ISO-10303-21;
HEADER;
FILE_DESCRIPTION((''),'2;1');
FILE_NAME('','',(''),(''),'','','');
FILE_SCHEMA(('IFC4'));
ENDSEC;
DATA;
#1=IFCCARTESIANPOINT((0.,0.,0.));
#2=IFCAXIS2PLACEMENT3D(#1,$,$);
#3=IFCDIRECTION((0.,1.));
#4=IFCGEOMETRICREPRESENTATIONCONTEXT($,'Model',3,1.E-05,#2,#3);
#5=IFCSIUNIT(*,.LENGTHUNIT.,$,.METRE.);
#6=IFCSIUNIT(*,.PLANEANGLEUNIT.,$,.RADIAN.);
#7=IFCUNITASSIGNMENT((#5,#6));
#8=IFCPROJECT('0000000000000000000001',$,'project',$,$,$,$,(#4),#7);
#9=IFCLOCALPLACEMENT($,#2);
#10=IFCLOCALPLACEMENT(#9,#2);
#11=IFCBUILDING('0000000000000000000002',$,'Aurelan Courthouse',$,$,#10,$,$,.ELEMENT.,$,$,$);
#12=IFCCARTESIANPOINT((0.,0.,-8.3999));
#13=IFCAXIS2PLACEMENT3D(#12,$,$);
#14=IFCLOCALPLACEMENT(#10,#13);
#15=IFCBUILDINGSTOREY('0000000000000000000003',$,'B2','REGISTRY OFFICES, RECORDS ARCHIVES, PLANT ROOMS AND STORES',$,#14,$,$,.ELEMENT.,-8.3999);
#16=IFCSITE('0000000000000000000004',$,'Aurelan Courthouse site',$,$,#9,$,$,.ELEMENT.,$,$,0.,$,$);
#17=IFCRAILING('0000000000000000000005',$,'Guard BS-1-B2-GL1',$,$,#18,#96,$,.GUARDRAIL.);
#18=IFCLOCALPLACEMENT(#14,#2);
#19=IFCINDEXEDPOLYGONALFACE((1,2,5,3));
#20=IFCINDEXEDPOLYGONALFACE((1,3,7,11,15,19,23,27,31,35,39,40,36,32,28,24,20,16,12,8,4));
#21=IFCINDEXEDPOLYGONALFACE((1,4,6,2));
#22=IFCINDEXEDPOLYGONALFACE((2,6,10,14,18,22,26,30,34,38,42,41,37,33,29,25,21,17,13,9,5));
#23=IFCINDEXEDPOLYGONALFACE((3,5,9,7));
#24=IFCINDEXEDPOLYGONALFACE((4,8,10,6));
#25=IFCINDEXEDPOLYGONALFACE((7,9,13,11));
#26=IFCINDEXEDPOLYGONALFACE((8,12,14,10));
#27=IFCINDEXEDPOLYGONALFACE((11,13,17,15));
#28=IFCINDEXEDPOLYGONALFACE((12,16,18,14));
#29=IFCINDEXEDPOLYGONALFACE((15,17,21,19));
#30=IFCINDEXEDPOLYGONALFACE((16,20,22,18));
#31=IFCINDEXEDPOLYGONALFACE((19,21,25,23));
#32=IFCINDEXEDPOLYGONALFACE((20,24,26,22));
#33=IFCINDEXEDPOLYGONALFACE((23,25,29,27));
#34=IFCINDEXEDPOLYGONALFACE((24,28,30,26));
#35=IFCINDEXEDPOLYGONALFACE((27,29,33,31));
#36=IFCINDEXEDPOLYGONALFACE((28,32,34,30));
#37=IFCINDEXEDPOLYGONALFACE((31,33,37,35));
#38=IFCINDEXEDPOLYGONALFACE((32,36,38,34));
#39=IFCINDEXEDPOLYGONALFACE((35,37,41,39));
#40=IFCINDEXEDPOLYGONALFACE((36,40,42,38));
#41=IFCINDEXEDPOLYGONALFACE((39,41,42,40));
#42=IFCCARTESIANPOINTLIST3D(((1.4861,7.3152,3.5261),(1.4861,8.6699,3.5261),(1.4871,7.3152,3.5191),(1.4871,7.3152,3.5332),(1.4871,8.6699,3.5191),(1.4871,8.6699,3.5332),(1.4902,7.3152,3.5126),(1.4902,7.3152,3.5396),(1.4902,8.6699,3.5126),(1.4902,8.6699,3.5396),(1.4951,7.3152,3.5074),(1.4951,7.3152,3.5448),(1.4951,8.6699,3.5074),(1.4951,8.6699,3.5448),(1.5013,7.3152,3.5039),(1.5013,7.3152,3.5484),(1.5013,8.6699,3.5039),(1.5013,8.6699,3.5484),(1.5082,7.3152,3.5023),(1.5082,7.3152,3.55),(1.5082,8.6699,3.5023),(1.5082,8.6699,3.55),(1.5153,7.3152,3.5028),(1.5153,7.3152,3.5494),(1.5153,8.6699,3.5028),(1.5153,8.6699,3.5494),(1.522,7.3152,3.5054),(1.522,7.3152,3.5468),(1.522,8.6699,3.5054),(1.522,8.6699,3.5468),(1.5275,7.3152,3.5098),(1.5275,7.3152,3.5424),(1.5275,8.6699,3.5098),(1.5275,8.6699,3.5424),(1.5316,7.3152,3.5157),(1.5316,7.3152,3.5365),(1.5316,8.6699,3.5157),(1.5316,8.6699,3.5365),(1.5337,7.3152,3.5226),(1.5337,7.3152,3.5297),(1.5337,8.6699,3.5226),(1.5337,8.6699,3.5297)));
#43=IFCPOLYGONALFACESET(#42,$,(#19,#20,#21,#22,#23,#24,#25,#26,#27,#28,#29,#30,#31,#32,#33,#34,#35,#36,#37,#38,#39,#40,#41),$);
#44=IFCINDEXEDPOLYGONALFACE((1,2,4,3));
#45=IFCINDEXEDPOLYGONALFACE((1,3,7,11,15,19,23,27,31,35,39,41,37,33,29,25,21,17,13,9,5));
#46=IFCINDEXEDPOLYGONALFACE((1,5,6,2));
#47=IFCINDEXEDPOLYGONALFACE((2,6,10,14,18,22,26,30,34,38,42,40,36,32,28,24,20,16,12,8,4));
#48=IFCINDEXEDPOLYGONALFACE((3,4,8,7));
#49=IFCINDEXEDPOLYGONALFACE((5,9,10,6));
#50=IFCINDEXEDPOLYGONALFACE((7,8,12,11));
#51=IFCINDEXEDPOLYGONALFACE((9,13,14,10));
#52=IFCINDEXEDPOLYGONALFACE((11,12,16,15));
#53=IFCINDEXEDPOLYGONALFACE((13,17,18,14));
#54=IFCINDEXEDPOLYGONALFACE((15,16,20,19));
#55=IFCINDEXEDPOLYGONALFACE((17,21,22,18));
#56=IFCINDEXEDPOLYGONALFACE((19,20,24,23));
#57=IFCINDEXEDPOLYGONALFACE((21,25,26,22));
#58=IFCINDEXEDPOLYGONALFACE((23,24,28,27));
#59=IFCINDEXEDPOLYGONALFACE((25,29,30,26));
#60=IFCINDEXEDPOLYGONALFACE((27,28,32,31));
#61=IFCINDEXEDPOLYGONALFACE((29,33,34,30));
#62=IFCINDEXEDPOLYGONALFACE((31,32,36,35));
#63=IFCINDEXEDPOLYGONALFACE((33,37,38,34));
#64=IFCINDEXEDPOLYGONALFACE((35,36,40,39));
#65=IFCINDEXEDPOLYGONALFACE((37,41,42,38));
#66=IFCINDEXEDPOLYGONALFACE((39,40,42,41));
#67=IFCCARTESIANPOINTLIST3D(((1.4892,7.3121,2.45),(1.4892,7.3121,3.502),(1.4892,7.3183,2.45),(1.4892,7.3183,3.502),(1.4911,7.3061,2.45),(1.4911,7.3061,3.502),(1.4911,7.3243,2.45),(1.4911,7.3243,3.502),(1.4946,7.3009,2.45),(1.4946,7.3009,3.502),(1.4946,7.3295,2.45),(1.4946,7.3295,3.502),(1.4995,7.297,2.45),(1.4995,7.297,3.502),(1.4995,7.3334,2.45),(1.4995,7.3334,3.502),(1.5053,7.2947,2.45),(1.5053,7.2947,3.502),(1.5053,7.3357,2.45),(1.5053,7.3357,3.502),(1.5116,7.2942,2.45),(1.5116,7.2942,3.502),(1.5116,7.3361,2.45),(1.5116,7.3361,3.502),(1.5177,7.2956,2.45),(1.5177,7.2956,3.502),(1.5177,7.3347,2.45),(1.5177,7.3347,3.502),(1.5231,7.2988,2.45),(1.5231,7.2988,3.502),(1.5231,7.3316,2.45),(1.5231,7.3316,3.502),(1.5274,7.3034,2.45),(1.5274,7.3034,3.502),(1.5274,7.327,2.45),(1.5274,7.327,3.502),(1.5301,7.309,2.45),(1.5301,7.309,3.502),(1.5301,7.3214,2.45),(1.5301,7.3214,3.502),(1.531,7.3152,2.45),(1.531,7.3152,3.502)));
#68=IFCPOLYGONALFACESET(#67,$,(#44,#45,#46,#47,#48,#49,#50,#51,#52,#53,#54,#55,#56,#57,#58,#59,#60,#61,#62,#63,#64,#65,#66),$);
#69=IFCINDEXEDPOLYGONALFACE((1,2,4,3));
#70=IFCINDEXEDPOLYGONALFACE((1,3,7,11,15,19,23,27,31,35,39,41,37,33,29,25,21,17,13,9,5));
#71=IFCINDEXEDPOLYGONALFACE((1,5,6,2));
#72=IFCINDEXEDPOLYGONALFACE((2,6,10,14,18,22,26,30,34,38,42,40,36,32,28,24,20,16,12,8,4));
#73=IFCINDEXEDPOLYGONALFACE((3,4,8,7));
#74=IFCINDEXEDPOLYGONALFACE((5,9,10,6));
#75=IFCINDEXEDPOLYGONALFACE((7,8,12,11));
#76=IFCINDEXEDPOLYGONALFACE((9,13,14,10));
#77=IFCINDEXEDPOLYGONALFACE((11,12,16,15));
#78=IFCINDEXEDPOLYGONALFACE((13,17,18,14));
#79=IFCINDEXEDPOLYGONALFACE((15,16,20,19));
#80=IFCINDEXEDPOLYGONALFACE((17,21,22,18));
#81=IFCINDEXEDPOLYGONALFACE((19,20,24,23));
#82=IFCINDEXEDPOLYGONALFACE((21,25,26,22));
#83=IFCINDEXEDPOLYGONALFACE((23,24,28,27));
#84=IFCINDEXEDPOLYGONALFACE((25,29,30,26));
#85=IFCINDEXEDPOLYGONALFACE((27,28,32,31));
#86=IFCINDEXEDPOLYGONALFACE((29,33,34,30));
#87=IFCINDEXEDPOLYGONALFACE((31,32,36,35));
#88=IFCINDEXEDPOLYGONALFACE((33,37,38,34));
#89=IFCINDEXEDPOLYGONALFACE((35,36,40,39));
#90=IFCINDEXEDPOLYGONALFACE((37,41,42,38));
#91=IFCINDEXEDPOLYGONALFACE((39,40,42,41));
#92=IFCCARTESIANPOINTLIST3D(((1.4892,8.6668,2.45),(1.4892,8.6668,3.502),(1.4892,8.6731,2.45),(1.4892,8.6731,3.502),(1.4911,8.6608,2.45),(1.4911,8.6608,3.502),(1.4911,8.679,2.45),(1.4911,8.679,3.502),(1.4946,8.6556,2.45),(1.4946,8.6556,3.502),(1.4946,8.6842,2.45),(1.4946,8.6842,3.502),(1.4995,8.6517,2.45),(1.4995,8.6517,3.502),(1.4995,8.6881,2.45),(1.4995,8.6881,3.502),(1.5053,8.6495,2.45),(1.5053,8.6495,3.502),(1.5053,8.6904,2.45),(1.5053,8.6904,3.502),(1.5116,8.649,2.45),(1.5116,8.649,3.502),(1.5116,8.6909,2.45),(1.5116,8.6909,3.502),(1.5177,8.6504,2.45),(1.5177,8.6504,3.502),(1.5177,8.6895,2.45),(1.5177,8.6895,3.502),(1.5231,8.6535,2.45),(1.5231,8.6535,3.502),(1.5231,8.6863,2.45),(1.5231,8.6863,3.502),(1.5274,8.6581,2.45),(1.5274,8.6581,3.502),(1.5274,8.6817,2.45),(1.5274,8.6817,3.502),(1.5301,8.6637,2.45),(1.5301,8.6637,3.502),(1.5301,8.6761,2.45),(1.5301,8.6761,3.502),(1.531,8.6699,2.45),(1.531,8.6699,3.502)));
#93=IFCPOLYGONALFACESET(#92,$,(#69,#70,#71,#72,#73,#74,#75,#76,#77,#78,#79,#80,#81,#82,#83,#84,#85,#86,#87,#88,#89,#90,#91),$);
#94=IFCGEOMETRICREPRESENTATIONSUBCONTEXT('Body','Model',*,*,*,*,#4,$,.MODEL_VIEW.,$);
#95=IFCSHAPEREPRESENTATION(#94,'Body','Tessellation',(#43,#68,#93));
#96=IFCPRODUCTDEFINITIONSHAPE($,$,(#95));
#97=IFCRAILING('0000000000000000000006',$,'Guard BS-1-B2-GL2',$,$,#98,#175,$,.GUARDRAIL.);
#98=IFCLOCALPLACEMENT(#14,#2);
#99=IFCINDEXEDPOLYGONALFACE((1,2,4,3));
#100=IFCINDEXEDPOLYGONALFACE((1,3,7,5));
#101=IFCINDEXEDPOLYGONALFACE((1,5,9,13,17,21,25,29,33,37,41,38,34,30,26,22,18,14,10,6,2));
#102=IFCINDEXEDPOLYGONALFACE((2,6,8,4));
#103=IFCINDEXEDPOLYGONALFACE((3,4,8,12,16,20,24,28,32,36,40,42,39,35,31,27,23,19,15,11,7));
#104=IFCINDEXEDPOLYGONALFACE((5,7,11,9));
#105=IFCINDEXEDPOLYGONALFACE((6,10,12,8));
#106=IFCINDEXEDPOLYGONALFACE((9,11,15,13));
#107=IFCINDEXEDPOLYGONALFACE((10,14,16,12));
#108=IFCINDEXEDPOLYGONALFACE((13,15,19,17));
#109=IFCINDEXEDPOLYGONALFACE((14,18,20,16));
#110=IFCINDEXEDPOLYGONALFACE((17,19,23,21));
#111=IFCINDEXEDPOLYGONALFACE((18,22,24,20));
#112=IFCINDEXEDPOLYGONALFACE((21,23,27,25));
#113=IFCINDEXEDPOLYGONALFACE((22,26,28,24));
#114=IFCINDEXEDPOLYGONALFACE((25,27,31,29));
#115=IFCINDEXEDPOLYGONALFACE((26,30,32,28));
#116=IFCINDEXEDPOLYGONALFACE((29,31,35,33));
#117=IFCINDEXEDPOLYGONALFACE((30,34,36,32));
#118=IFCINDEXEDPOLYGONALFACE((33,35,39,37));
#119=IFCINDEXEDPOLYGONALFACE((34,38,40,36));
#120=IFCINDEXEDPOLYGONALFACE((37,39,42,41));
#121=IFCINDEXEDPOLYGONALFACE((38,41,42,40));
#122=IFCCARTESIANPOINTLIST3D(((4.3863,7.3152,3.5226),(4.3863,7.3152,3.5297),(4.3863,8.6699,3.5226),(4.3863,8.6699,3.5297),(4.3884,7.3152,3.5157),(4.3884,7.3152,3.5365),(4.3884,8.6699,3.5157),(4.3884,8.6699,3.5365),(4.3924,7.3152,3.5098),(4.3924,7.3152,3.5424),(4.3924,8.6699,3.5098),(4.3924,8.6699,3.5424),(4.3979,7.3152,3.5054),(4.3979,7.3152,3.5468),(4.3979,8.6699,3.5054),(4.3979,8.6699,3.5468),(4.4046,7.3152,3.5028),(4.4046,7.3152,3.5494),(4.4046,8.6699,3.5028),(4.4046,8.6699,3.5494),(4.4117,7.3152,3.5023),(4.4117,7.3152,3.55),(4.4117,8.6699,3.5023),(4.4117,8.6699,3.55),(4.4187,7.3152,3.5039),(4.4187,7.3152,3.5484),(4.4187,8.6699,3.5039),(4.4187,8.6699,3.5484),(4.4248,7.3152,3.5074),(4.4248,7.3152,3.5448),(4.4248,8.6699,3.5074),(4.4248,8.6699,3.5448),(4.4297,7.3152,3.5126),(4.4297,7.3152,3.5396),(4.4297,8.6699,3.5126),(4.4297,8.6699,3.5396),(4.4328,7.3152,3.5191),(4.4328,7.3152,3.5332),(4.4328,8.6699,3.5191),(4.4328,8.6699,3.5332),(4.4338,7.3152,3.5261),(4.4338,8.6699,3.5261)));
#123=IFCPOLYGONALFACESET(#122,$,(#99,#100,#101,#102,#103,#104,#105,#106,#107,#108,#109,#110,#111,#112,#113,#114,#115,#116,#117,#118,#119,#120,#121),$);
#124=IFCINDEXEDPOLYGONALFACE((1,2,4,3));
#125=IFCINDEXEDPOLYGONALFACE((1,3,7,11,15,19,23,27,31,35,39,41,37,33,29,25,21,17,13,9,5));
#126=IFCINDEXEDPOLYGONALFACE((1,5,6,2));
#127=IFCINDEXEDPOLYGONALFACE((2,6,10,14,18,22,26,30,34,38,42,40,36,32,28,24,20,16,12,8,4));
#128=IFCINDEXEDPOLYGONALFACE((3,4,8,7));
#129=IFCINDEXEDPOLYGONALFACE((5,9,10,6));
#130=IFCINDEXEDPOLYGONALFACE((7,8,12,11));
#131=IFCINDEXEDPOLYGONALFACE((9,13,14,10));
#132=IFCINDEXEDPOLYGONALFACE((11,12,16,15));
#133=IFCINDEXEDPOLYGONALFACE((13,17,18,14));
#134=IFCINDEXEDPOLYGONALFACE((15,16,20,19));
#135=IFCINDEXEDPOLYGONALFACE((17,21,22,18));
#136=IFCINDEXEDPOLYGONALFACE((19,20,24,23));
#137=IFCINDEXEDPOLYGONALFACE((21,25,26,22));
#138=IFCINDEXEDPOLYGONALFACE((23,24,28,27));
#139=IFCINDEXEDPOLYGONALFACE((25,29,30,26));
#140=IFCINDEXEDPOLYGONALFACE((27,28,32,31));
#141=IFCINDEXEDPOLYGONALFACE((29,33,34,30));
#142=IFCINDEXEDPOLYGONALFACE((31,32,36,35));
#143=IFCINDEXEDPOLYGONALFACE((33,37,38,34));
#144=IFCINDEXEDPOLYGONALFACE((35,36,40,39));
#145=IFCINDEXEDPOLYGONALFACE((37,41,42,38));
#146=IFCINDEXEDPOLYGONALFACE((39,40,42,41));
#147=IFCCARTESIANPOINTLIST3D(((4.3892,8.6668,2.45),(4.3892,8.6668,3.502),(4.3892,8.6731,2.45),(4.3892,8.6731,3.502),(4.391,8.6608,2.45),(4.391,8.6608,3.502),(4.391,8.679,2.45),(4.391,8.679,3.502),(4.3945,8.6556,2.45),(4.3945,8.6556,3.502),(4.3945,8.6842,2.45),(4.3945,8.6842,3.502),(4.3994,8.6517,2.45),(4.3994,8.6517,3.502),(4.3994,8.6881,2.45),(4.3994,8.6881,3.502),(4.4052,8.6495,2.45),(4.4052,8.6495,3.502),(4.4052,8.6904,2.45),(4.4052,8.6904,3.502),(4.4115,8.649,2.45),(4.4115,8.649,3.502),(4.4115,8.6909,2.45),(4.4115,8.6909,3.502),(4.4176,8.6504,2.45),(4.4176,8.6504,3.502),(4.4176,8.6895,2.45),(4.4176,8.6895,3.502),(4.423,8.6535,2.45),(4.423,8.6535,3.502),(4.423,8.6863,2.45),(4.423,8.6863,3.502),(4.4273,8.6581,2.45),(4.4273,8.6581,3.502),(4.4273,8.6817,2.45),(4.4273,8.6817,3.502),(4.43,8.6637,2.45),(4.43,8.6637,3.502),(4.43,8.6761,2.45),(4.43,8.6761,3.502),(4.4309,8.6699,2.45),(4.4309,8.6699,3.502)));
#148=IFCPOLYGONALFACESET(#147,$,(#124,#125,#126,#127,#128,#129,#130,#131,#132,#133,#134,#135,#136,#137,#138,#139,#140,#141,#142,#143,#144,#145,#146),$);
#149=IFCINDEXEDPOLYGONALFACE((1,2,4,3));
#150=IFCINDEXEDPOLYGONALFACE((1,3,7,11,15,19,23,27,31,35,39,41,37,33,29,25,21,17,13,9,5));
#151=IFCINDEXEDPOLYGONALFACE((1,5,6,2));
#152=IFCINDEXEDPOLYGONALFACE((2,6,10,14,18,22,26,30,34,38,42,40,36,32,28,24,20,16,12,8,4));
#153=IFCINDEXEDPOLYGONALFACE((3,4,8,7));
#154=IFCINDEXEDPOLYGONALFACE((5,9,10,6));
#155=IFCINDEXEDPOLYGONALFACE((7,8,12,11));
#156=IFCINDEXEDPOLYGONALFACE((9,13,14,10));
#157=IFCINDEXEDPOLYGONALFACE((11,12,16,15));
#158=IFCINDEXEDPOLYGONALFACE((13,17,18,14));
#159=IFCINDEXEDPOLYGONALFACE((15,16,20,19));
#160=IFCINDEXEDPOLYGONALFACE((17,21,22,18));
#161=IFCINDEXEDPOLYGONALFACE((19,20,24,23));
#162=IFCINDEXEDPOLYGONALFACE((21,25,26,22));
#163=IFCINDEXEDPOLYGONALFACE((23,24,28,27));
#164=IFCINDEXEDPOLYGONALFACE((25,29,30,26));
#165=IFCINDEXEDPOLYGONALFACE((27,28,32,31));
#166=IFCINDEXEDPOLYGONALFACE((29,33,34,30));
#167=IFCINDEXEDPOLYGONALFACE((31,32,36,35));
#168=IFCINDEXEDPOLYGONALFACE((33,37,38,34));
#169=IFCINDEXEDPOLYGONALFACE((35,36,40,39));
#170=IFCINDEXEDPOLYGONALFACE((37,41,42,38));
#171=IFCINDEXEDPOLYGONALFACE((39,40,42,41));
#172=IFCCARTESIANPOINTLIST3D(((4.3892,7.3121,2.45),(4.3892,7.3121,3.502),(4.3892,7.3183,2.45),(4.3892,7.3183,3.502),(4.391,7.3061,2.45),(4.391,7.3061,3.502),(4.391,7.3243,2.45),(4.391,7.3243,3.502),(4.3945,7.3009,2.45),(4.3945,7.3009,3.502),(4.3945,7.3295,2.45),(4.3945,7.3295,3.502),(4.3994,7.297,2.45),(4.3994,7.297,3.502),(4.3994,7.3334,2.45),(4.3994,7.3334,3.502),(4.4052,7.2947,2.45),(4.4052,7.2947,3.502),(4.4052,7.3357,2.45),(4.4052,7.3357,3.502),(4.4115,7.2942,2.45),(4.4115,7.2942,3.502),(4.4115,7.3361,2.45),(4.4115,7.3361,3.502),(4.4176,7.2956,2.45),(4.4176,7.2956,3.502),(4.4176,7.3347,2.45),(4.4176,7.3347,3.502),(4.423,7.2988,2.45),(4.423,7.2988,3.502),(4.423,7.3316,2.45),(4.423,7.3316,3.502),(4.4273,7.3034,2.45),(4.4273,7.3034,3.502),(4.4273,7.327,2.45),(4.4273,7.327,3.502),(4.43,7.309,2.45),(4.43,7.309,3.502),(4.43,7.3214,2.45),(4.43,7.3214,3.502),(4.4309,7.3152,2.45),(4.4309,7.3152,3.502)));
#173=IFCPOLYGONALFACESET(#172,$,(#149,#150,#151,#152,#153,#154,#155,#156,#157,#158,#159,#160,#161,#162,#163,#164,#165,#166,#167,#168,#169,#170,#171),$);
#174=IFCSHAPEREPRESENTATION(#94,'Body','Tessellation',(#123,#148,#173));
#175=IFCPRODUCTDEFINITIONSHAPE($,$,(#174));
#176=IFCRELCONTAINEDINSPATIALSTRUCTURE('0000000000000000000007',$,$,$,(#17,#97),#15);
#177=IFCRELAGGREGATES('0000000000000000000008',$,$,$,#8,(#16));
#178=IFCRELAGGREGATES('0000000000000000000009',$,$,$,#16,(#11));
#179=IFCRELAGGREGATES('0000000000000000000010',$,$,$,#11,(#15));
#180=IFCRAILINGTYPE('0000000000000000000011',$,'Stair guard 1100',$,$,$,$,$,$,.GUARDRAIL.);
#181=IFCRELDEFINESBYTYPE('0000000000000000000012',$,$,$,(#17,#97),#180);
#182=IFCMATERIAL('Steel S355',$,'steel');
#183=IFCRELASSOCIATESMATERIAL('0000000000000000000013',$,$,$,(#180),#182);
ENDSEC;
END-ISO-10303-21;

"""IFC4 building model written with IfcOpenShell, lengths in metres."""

from ifc_helpers import new_model, si_unit, direction, frame, origin, origin_2d, place, context, subcontext, project, spatial, circle, extrude, material, type_object, element, save


model = new_model("IFC4")

# Units and contexts
model_context = context("Model", 3, precision=1e-05, world=origin(), true_north=direction((0.0, 1.0)))
body_context = subcontext(model_context, "Body", "Model", "MODEL_VIEW")
ifc_project = project(units=[si_unit("LENGTHUNIT", "METRE"), si_unit("PLANEANGLEUNIT", "RADIAN")], contexts=[model_context])

# Site, building, storey
site_placement = place(None, origin())
site = spatial("IfcSite", under=ifc_project, at=site_placement, Name="Aurelan Courthouse site", CompositionType="ELEMENT", RefElevation=0.0)
building_placement = place(site_placement, origin())
building = spatial("IfcBuilding", under=site, at=building_placement, Name="Aurelan Courthouse", CompositionType="ELEMENT")
storey_placement = place(building_placement, frame((0.0, 0.0, -8.3999)))
storey = spatial("IfcBuildingStorey", under=building, at=storey_placement, Name="B2", Description="REGISTRY OFFICES, RECORDS ARCHIVES, PLANT ROOMS AND STORES", CompositionType="ELEMENT", Elevation=-8.3999)

# Railings
ifc_material_1 = material(Name="Steel S355", Category="steel")
railing_type_1 = type_object("IfcRailingType", Name="Stair guard 1100", PredefinedType="GUARDRAIL", material=ifc_material_1)
railing_1_placement = place(storey_placement, frame((1.51, 7.3152, 2.45)))
element("IfcRailing", 1, at=railing_1_placement, inside=storey, type_object=railing_type_1, Name="Guard BS-1-B2-GL1", PredefinedType="GUARDRAIL", context=body_context, shape_type="SweptSolid", body=[
    extrude(circle(Radius=0.0239, at=origin_2d()), frame((0.0, 0.0, 1.0762), z_axis=(0.0, 1.0, 0.0), x_axis=(-1.0, 0.0, 0.0)), (0.0, 0.0, 1.0), 1.3547),
    extrude(circle(Radius=0.021, at=origin_2d()), origin(), (0.0, 0.0, 1.0), 1.052),
    extrude(circle(Radius=0.021, at=origin_2d()), frame((0.0, 1.3547, 0.0)), (0.0, 0.0, 1.0), 1.052),
])
railing_2_placement = place(storey_placement, frame((4.4099, 8.6699, 2.45)))
element("IfcRailing", 2, at=railing_2_placement, inside=storey, type_object=railing_type_1, Name="Guard BS-1-B2-GL2", PredefinedType="GUARDRAIL", context=body_context, shape_type="SweptSolid", body=[
    extrude(circle(Radius=0.0239, at=origin_2d()), frame((0.0, 0.0, 1.0762), z_axis=(0.0, -1.0, 0.0), x_axis=(1.0, 0.0, 0.0)), (0.0, 0.0, 1.0), 1.3547),
    extrude(circle(Radius=0.021, at=origin_2d()), origin(), (0.0, 0.0, 1.0), 1.052),
    extrude(circle(Radius=0.021, at=origin_2d()), frame((0.0, -1.3547, 0.0)), (0.0, 0.0, 1.0), 1.052),
])

save(model, "model.ifc")
